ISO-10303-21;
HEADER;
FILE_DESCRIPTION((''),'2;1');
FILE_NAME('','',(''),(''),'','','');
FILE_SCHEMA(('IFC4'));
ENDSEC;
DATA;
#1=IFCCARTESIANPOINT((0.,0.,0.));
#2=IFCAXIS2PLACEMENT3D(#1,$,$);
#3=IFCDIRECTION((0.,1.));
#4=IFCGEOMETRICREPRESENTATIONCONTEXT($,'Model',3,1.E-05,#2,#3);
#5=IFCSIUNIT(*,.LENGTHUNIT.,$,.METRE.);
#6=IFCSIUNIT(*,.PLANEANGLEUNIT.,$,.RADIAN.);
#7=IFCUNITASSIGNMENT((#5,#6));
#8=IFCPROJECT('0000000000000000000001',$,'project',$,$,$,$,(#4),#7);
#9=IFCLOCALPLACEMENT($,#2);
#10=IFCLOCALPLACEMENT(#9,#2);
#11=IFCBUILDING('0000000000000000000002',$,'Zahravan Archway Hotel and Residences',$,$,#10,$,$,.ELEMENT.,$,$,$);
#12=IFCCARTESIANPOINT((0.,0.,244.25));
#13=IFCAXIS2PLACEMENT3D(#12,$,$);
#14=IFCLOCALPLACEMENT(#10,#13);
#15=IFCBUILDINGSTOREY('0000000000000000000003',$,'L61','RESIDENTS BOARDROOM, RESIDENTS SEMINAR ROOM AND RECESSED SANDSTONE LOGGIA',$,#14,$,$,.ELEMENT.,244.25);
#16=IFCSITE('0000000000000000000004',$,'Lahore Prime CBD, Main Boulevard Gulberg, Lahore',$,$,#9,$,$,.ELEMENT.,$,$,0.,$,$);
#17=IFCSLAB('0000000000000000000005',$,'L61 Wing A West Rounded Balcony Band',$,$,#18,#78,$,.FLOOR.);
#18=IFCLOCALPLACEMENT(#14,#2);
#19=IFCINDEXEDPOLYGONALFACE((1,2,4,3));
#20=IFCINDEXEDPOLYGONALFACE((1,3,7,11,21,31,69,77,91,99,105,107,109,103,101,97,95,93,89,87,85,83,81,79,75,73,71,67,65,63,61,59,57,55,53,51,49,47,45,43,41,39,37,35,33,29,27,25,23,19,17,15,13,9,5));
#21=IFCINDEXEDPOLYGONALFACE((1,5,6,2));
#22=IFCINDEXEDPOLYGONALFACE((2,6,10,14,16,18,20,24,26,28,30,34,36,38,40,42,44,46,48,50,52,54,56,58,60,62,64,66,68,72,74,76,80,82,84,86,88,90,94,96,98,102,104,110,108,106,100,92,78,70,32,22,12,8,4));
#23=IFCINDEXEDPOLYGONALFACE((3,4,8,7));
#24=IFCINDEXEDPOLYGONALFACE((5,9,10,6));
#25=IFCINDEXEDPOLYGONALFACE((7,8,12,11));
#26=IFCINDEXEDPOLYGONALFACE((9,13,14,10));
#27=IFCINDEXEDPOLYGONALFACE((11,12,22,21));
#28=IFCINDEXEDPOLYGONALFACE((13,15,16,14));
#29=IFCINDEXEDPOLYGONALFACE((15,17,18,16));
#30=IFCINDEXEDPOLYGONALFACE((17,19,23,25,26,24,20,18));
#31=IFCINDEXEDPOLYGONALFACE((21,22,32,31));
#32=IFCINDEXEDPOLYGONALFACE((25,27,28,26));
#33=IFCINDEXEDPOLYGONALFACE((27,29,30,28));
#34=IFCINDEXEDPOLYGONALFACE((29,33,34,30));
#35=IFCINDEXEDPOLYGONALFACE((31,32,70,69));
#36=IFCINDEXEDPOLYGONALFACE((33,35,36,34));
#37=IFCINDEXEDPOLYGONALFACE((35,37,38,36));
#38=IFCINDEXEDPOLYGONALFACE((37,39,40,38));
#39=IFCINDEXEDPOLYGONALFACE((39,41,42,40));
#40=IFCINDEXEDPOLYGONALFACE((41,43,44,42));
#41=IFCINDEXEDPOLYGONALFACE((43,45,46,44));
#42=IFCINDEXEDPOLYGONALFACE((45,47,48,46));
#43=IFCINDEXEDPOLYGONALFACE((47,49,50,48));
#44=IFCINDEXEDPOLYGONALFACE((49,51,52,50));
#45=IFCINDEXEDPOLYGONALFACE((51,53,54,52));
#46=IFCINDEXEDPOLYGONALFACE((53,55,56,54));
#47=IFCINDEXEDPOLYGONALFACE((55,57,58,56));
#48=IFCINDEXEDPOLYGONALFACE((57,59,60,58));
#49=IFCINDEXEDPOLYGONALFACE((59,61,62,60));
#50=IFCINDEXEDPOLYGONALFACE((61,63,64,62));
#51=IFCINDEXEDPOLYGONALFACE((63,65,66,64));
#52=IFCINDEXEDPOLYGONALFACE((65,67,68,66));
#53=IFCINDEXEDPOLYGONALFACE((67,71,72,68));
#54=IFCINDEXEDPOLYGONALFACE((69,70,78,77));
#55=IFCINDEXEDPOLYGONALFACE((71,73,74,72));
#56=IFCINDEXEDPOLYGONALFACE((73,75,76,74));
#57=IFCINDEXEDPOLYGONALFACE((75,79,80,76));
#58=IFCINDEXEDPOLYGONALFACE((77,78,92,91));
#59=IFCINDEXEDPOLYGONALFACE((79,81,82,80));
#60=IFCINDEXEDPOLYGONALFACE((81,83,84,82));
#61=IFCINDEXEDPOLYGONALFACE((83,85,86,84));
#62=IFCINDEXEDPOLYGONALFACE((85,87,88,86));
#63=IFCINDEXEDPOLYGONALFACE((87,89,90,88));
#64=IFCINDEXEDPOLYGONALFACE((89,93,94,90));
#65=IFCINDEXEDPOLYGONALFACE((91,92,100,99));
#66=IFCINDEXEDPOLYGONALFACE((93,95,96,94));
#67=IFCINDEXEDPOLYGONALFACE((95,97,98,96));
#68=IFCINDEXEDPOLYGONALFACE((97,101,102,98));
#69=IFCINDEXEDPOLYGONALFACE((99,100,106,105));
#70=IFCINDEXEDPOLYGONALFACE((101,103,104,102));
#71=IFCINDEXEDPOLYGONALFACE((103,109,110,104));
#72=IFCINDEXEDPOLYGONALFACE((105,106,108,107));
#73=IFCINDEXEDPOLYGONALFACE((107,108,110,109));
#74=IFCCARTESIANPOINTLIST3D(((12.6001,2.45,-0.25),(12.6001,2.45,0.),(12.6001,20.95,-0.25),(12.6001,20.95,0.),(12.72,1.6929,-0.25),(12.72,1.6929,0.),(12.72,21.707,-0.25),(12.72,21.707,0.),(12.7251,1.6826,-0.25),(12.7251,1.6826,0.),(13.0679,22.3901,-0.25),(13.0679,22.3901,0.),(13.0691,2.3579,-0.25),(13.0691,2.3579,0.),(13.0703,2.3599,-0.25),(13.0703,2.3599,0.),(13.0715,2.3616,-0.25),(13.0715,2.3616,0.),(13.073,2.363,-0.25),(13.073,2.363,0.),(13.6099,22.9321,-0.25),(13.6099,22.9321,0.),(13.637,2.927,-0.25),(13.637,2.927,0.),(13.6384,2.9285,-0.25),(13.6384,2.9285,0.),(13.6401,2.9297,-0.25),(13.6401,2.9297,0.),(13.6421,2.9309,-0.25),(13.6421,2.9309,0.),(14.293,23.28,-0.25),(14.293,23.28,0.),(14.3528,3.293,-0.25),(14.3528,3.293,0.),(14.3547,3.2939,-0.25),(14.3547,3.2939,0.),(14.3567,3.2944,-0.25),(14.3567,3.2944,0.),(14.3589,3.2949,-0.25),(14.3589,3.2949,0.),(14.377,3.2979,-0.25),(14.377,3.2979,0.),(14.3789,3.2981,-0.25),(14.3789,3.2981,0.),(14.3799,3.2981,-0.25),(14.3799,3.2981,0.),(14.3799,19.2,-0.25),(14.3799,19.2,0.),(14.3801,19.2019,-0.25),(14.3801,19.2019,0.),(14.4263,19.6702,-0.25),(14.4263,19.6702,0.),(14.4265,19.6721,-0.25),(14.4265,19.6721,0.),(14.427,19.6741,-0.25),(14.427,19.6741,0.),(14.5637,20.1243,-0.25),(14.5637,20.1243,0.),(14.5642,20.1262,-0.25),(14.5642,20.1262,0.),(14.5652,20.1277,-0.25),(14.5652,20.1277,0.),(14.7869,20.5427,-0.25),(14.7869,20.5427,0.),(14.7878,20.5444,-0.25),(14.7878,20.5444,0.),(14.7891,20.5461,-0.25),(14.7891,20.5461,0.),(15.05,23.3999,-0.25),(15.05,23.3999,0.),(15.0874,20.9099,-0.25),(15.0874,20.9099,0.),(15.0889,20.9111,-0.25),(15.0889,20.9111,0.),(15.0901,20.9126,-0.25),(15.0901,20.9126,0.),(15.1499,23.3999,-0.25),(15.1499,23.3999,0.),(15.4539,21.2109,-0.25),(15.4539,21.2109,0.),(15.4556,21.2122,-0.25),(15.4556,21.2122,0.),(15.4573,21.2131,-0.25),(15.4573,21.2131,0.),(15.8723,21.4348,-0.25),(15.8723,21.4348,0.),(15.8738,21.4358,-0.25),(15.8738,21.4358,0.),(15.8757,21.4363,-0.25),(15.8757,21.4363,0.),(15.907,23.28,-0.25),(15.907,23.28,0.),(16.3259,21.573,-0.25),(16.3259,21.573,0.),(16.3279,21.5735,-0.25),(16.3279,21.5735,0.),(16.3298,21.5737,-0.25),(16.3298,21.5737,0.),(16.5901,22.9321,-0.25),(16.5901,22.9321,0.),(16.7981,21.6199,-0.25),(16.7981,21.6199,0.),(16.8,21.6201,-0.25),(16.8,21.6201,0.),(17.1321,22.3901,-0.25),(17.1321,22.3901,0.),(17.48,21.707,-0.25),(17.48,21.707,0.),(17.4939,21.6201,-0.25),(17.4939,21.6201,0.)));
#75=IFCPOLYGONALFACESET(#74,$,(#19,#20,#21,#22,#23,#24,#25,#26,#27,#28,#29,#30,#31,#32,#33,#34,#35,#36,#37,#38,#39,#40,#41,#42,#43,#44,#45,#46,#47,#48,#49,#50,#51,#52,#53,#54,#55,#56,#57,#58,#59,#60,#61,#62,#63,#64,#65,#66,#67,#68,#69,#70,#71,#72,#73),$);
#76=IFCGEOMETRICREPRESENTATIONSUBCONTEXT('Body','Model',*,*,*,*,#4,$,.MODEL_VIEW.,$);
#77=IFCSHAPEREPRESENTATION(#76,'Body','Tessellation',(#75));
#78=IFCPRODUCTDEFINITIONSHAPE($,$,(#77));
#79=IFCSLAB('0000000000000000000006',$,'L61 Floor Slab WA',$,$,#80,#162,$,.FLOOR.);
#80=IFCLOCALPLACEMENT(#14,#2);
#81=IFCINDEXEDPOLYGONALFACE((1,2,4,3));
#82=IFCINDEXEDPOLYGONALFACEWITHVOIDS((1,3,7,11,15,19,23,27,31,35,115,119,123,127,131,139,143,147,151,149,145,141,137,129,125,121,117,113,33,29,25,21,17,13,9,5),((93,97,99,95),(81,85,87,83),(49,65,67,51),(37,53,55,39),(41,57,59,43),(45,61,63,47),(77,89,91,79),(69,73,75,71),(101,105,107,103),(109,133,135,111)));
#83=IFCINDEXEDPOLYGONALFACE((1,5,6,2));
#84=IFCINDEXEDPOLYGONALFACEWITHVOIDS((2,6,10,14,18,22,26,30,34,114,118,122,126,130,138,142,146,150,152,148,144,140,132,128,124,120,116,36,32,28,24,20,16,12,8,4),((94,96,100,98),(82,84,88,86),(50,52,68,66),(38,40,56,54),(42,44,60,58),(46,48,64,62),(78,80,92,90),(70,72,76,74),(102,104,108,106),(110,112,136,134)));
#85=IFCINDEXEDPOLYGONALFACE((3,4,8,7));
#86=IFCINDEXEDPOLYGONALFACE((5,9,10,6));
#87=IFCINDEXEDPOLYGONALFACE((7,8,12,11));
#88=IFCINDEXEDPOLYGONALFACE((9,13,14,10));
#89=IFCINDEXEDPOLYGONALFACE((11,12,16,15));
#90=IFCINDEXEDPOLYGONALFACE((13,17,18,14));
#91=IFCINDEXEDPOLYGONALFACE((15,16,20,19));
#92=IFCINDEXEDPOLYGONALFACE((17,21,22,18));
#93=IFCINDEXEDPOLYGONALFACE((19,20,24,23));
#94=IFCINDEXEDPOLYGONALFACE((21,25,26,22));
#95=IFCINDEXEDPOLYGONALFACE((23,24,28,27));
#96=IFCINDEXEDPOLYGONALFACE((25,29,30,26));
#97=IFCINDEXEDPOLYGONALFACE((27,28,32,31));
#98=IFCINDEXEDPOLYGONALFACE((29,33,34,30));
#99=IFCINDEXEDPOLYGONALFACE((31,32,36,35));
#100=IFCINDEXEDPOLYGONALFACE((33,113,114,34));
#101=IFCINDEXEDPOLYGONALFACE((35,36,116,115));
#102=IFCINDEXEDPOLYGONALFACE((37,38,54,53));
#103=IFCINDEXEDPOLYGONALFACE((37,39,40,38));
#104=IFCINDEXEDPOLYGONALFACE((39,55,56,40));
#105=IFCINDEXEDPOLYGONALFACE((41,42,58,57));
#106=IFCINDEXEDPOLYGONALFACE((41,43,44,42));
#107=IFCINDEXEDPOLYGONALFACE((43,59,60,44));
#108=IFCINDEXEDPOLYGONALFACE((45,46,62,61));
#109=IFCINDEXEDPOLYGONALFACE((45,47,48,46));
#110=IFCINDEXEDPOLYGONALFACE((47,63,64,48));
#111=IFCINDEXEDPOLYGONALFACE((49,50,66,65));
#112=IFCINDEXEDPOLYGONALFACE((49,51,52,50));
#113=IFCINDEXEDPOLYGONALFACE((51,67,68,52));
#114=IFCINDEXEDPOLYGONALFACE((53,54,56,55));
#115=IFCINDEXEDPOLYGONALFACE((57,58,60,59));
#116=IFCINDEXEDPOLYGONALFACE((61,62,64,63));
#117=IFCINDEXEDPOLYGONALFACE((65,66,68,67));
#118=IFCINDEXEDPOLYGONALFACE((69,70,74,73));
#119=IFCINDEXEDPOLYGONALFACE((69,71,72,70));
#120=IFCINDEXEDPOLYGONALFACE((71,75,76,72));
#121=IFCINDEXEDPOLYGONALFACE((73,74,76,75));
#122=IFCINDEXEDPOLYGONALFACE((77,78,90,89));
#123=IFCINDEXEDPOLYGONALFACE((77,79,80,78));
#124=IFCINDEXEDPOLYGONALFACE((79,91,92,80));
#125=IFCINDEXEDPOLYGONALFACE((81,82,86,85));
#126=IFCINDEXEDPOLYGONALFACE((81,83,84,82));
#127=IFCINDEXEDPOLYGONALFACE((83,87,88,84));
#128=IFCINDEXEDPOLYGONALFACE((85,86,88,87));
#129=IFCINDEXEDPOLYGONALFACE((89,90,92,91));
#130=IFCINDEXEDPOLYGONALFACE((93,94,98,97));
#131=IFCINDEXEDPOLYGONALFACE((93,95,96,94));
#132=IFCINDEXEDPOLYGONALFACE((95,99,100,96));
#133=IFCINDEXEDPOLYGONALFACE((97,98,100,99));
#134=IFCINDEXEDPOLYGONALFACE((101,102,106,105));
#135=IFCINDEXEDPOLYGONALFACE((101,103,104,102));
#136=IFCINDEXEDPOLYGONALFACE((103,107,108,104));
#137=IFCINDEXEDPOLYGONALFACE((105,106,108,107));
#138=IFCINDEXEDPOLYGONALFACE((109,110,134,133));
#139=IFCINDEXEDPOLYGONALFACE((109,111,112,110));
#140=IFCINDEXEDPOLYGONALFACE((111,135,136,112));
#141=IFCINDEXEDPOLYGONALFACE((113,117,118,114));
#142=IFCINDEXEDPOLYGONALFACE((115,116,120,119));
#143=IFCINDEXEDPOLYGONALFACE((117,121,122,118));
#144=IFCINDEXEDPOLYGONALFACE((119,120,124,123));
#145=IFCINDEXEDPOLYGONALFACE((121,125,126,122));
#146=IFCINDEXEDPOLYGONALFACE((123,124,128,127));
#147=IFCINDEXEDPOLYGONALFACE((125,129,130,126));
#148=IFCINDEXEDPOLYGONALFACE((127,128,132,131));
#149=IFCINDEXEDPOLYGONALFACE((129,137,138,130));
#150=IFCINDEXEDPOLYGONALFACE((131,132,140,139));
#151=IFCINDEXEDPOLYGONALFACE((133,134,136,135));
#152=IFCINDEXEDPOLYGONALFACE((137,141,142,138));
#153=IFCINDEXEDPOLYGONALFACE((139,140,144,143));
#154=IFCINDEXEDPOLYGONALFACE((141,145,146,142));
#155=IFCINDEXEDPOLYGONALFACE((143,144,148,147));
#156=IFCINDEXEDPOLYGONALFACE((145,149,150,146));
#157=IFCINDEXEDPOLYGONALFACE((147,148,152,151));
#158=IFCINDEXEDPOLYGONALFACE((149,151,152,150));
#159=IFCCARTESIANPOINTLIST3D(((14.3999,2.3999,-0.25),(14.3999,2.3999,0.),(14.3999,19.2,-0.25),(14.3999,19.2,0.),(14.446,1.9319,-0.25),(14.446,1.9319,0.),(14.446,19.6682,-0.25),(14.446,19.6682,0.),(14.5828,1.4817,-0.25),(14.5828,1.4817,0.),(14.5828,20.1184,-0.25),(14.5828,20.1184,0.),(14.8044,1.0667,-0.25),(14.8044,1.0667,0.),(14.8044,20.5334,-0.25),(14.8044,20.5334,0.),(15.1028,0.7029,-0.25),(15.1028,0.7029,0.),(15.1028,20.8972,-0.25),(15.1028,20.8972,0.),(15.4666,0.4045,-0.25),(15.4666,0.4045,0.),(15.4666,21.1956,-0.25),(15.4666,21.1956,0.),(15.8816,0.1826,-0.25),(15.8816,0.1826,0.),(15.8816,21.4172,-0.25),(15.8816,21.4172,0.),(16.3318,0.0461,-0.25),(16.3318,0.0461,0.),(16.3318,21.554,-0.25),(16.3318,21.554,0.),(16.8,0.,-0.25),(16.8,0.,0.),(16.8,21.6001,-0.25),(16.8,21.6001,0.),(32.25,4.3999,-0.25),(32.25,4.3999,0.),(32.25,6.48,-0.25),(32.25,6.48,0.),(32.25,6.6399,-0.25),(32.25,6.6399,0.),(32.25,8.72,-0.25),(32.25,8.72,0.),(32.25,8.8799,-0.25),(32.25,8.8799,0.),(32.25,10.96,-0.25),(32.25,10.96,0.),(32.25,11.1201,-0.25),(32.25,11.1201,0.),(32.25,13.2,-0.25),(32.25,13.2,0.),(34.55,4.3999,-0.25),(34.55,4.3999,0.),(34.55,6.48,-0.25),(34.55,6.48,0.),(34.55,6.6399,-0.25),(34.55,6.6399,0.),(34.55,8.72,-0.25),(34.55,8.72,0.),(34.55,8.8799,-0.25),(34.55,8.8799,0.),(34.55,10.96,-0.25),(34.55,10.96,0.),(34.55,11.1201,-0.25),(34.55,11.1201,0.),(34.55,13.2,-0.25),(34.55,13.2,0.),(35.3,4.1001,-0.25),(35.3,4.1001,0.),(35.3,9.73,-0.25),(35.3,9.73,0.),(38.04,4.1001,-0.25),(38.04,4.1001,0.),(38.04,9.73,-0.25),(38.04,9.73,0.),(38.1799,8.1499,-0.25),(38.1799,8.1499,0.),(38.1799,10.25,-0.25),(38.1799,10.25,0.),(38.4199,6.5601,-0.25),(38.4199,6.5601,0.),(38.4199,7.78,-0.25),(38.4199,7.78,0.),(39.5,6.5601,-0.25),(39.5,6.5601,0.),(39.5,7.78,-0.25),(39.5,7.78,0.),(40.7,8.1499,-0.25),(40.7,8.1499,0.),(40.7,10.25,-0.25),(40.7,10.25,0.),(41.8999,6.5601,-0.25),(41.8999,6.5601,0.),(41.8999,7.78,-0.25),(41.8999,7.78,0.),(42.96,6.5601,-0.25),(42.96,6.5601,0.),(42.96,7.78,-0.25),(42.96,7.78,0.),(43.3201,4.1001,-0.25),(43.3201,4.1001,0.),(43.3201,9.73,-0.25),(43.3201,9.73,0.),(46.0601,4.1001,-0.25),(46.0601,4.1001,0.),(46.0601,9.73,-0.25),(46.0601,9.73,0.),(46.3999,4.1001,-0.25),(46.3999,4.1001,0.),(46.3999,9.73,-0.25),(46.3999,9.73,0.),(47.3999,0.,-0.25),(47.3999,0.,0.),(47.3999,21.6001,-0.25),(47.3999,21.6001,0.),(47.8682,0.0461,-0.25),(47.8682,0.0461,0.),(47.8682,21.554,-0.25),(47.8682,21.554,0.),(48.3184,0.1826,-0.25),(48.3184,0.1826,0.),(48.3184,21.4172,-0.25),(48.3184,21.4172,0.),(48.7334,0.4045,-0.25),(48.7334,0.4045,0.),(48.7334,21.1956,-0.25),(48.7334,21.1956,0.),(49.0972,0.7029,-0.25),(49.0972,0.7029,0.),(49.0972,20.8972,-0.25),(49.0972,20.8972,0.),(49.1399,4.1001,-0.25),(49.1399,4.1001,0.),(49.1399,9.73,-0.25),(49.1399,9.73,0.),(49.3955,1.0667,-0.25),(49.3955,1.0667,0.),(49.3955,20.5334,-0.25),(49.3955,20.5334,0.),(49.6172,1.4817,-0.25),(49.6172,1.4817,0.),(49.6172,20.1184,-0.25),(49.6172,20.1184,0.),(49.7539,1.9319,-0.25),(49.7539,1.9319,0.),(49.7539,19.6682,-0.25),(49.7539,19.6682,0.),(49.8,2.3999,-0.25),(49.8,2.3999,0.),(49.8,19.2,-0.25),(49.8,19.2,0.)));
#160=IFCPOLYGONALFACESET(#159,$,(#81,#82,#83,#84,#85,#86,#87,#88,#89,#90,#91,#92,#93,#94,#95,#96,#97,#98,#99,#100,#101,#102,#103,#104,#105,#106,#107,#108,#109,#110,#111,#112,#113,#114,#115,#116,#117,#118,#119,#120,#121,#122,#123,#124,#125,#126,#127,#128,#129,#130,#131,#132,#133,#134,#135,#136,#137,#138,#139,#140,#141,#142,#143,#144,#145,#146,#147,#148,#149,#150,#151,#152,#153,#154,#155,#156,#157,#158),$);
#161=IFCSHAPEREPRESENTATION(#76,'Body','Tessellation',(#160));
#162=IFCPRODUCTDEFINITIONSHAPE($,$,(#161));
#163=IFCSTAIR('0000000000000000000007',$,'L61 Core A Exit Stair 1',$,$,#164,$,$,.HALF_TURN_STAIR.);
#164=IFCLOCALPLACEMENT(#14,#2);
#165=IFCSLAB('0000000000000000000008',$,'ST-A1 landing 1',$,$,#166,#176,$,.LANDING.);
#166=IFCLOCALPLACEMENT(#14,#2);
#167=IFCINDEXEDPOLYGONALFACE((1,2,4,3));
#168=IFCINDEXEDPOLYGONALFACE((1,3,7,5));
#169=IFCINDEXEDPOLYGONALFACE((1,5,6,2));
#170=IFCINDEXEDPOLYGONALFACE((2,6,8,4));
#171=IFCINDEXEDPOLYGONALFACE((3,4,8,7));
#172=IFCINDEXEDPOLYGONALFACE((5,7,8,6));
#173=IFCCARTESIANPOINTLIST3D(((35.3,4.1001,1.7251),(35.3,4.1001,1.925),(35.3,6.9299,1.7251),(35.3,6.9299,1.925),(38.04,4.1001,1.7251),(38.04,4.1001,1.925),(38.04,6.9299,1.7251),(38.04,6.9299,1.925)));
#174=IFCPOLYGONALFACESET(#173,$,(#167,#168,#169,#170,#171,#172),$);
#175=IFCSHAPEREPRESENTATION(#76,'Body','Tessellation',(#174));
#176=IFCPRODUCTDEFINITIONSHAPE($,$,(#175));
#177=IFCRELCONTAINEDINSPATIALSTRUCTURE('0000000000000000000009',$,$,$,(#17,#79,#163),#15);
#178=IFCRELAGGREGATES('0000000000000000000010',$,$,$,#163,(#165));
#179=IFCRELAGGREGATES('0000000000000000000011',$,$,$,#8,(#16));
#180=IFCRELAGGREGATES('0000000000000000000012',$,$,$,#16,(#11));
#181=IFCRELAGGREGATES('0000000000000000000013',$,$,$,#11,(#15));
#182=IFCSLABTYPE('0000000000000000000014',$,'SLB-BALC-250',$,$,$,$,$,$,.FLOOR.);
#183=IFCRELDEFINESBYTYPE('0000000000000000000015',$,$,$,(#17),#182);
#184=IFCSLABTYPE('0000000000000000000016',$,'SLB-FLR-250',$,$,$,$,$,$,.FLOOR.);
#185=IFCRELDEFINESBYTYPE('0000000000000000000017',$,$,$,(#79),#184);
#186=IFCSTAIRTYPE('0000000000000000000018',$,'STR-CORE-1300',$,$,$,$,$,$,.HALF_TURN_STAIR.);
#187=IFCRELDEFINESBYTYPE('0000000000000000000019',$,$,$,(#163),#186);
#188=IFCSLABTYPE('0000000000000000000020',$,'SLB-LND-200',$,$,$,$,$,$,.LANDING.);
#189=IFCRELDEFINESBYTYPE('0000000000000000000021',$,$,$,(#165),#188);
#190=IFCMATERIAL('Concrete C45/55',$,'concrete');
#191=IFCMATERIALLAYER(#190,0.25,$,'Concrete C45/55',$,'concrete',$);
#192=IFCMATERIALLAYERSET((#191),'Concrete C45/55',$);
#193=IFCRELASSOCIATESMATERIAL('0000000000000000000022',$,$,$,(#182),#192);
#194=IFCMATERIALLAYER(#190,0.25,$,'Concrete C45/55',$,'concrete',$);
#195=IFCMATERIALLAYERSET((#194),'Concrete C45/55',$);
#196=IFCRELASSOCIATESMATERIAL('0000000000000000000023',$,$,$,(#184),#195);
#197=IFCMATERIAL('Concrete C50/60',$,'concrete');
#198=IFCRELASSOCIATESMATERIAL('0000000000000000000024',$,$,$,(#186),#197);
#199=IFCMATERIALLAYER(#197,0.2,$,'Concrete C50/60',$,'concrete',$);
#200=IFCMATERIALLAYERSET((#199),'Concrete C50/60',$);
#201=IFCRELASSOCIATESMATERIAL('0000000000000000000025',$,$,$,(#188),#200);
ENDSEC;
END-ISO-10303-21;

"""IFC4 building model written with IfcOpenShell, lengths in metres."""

from ifc_helpers import new_model, si_unit, direction, frame, origin, place, context, subcontext, project, spatial, polyline, outline, extrude, material, layer, layer_set, type_object, element, aggregate, save


model = new_model("IFC4")

# Units and contexts
model_context = context("Model", 3, precision=1e-05, world=origin(), true_north=direction((0.0, 1.0)))
body_context = subcontext(model_context, "Body", "Model", "MODEL_VIEW")
ifc_project = project(units=[si_unit("LENGTHUNIT", "METRE"), si_unit("PLANEANGLEUNIT", "RADIAN")], contexts=[model_context])

# Site, building, storey
site_placement = place(None, origin())
site = spatial("IfcSite", under=ifc_project, at=site_placement, Name="Lahore Prime CBD, Main Boulevard Gulberg, Lahore", CompositionType="ELEMENT", RefElevation=0.0)
building_placement = place(site_placement, origin())
building = spatial("IfcBuilding", under=site, at=building_placement, Name="Zahravan Archway Hotel and Residences", CompositionType="ELEMENT")
storey_placement = place(building_placement, frame((0.0, 0.0, 244.25)))
storey = spatial("IfcBuildingStorey", under=building, at=storey_placement, Name="L61", Description="RESIDENTS BOARDROOM, RESIDENTS SEMINAR ROOM AND RECESSED SANDSTONE LOGGIA", CompositionType="ELEMENT", Elevation=244.25)

# Slabs
ifc_material_1 = material(Name="Concrete C45/55", Category="concrete")
ifc_layer_1 = layer(ifc_material_1, 0.25, Name="Concrete C45/55", Category="concrete")
ifc_layer_set_1 = layer_set([ifc_layer_1], Name="Concrete C45/55")
slab_type_1 = type_object("IfcSlabType", Name="SLB-BALC-250", PredefinedType="FLOOR", material=ifc_layer_set_1)
slab_1_placement = place(storey_placement, frame((0.0, 0.0, -0.25)))
element("IfcSlab", 1, at=slab_1_placement, inside=storey, type_object=slab_type_1, Name="L61 Wing A West Rounded Balcony Band", PredefinedType="FLOOR", context=body_context, shape_type="SweptSolid", body=[
    extrude(outline(polyline([(12.72, 1.6929), (12.6001, 2.45), (12.6001, 20.95), (12.72, 21.707), (13.0679, 22.3901), (13.6099, 22.9321), (14.293, 23.28), (15.05, 23.3999), (15.1499, 23.3999), (15.907, 23.28), (16.5901, 22.9321), (17.1321, 22.3901), (17.48, 21.707), (17.4939, 21.6201), (16.8, 21.6201), (16.7981, 21.6199), (16.3298, 21.5737), (16.3279, 21.5735), (16.3259, 21.573), (15.8757, 21.4363), (15.8738, 21.4358), (15.8723, 21.4348), (15.4573, 21.2131), (15.4556, 21.2122), (15.4539, 21.2109), (15.0901, 20.9126), (15.0889, 20.9111), (15.0874, 20.9099), (14.7891, 20.5461), (14.7878, 20.5444), (14.7869, 20.5427), (14.5652, 20.1277), (14.5642, 20.1262), (14.5637, 20.1243), (14.427, 19.6741), (14.4265, 19.6721), (14.4263, 19.6702), (14.3801, 19.2019), (14.3799, 19.2), (14.3799, 3.2981), (14.3789, 3.2981), (14.377, 3.2979), (14.3589, 3.2949), (14.3567, 3.2944), (14.3547, 3.2939), (14.3528, 3.293), (13.6421, 2.9309), (13.6401, 2.9297), (13.6384, 2.9285), (13.637, 2.927), (13.073, 2.363), (13.0715, 2.3616), (13.0703, 2.3599), (13.0691, 2.3579), (12.7251, 1.6826), (12.72, 1.6929)])), origin(), (0.0, 0.0, 1.0), 0.25),
])
ifc_layer_2 = layer(ifc_material_1, 0.25, Name="Concrete C45/55", Category="concrete")
ifc_layer_set_2 = layer_set([ifc_layer_2], Name="Concrete C45/55")
slab_type_2 = type_object("IfcSlabType", Name="SLB-FLR-250", PredefinedType="FLOOR", material=ifc_layer_set_2)
slab_2_placement = place(storey_placement, frame((0.0, 0.0, -0.25)))
element("IfcSlab", 2, at=slab_2_placement, inside=storey, type_object=slab_type_2, Name="L61 Floor Slab WA", PredefinedType="FLOOR", context=body_context, shape_type="SweptSolid", body=[
    extrude(outline(polyline([(47.3999, 0.0), (47.8682, 0.0461), (48.3184, 0.1826), (48.7334, 0.4045), (49.0972, 0.7029), (49.3955, 1.0667), (49.6172, 1.4817), (49.7539, 1.9319), (49.8, 2.3999), (49.8, 19.2), (49.7539, 19.6682), (49.6172, 20.1184), (49.3955, 20.5334), (49.0972, 20.8972), (48.7334, 21.1956), (48.3184, 21.4172), (47.8682, 21.554), (47.3999, 21.6001), (16.8, 21.6001), (16.3318, 21.554), (15.8816, 21.4172), (15.4666, 21.1956), (15.1028, 20.8972), (14.8044, 20.5334), (14.5828, 20.1184), (14.446, 19.6682), (14.3999, 19.2), (14.3999, 2.3999), (14.446, 1.9319), (14.5828, 1.4817), (14.8044, 1.0667), (15.1028, 0.7029), (15.4666, 0.4045), (15.8816, 0.1826), (16.3318, 0.0461), (16.8, 0.0), (47.3999, 0.0)]), holes=[polyline([(35.3, 9.73), (35.3, 4.1001), (38.04, 4.1001), (38.04, 9.73), (35.3, 9.73)]), polyline([(43.3201, 9.73), (43.3201, 4.1001), (46.0601, 4.1001), (46.0601, 9.73), (43.3201, 9.73)]), polyline([(46.3999, 9.73), (46.3999, 4.1001), (49.1399, 4.1001), (49.1399, 9.73), (46.3999, 9.73)]), polyline([(38.1799, 8.1499), (40.7, 8.1499), (40.7, 10.25), (38.1799, 10.25), (38.1799, 8.1499)]), polyline([(32.25, 4.3999), (34.55, 4.3999), (34.55, 6.48), (32.25, 6.48), (32.25, 4.3999)]), polyline([(32.25, 6.6399), (34.55, 6.6399), (34.55, 8.72), (32.25, 8.72), (32.25, 6.6399)]), polyline([(32.25, 8.8799), (34.55, 8.8799), (34.55, 10.96), (32.25, 10.96), (32.25, 8.8799)]), polyline([(32.25, 11.1201), (34.55, 11.1201), (34.55, 13.2), (32.25, 13.2), (32.25, 11.1201)]), polyline([(38.4199, 6.5601), (39.5, 6.5601), (39.5, 7.78), (38.4199, 7.78), (38.4199, 6.5601)]), polyline([(41.8999, 6.5601), (42.96, 6.5601), (42.96, 7.78), (41.8999, 7.78), (41.8999, 6.5601)])]), origin(), (0.0, 0.0, 1.0), 0.25),
])

# Stair, slab
ifc_material_2 = material(Name="Concrete C50/60", Category="concrete")
stair_type = type_object("IfcStairType", Name="STR-CORE-1300", PredefinedType="HALF_TURN_STAIR", material=ifc_material_2)
stair_1_placement = place(storey_placement, origin())
stair_1 = element("IfcStair", 3, at=stair_1_placement, inside=storey, type_object=stair_type, Name="L61 Core A Exit Stair 1", PredefinedType="HALF_TURN_STAIR")
ifc_layer_3 = layer(ifc_material_2, 0.2, Name="Concrete C50/60", Category="concrete")
ifc_layer_set_3 = layer_set([ifc_layer_3], Name="Concrete C50/60")
slab_type_3 = type_object("IfcSlabType", Name="SLB-LND-200", PredefinedType="LANDING", material=ifc_layer_set_3)
slab_3_placement = place(storey_placement, frame((0.0, 0.0, 1.7251)))
slab_3 = element("IfcSlab", 4, at=slab_3_placement, type_object=slab_type_3, Name="ST-A1 landing 1", PredefinedType="LANDING", context=body_context, shape_type="SweptSolid", body=[
    extrude(outline(polyline([(35.3, 6.9299), (35.3, 4.1001), (38.04, 4.1001), (38.04, 6.9299), (35.3, 6.9299)])), origin(), (0.0, 0.0, 1.0), 0.2),
])
aggregate(stair_1, [slab_3])

save(model, "model.ifc")
